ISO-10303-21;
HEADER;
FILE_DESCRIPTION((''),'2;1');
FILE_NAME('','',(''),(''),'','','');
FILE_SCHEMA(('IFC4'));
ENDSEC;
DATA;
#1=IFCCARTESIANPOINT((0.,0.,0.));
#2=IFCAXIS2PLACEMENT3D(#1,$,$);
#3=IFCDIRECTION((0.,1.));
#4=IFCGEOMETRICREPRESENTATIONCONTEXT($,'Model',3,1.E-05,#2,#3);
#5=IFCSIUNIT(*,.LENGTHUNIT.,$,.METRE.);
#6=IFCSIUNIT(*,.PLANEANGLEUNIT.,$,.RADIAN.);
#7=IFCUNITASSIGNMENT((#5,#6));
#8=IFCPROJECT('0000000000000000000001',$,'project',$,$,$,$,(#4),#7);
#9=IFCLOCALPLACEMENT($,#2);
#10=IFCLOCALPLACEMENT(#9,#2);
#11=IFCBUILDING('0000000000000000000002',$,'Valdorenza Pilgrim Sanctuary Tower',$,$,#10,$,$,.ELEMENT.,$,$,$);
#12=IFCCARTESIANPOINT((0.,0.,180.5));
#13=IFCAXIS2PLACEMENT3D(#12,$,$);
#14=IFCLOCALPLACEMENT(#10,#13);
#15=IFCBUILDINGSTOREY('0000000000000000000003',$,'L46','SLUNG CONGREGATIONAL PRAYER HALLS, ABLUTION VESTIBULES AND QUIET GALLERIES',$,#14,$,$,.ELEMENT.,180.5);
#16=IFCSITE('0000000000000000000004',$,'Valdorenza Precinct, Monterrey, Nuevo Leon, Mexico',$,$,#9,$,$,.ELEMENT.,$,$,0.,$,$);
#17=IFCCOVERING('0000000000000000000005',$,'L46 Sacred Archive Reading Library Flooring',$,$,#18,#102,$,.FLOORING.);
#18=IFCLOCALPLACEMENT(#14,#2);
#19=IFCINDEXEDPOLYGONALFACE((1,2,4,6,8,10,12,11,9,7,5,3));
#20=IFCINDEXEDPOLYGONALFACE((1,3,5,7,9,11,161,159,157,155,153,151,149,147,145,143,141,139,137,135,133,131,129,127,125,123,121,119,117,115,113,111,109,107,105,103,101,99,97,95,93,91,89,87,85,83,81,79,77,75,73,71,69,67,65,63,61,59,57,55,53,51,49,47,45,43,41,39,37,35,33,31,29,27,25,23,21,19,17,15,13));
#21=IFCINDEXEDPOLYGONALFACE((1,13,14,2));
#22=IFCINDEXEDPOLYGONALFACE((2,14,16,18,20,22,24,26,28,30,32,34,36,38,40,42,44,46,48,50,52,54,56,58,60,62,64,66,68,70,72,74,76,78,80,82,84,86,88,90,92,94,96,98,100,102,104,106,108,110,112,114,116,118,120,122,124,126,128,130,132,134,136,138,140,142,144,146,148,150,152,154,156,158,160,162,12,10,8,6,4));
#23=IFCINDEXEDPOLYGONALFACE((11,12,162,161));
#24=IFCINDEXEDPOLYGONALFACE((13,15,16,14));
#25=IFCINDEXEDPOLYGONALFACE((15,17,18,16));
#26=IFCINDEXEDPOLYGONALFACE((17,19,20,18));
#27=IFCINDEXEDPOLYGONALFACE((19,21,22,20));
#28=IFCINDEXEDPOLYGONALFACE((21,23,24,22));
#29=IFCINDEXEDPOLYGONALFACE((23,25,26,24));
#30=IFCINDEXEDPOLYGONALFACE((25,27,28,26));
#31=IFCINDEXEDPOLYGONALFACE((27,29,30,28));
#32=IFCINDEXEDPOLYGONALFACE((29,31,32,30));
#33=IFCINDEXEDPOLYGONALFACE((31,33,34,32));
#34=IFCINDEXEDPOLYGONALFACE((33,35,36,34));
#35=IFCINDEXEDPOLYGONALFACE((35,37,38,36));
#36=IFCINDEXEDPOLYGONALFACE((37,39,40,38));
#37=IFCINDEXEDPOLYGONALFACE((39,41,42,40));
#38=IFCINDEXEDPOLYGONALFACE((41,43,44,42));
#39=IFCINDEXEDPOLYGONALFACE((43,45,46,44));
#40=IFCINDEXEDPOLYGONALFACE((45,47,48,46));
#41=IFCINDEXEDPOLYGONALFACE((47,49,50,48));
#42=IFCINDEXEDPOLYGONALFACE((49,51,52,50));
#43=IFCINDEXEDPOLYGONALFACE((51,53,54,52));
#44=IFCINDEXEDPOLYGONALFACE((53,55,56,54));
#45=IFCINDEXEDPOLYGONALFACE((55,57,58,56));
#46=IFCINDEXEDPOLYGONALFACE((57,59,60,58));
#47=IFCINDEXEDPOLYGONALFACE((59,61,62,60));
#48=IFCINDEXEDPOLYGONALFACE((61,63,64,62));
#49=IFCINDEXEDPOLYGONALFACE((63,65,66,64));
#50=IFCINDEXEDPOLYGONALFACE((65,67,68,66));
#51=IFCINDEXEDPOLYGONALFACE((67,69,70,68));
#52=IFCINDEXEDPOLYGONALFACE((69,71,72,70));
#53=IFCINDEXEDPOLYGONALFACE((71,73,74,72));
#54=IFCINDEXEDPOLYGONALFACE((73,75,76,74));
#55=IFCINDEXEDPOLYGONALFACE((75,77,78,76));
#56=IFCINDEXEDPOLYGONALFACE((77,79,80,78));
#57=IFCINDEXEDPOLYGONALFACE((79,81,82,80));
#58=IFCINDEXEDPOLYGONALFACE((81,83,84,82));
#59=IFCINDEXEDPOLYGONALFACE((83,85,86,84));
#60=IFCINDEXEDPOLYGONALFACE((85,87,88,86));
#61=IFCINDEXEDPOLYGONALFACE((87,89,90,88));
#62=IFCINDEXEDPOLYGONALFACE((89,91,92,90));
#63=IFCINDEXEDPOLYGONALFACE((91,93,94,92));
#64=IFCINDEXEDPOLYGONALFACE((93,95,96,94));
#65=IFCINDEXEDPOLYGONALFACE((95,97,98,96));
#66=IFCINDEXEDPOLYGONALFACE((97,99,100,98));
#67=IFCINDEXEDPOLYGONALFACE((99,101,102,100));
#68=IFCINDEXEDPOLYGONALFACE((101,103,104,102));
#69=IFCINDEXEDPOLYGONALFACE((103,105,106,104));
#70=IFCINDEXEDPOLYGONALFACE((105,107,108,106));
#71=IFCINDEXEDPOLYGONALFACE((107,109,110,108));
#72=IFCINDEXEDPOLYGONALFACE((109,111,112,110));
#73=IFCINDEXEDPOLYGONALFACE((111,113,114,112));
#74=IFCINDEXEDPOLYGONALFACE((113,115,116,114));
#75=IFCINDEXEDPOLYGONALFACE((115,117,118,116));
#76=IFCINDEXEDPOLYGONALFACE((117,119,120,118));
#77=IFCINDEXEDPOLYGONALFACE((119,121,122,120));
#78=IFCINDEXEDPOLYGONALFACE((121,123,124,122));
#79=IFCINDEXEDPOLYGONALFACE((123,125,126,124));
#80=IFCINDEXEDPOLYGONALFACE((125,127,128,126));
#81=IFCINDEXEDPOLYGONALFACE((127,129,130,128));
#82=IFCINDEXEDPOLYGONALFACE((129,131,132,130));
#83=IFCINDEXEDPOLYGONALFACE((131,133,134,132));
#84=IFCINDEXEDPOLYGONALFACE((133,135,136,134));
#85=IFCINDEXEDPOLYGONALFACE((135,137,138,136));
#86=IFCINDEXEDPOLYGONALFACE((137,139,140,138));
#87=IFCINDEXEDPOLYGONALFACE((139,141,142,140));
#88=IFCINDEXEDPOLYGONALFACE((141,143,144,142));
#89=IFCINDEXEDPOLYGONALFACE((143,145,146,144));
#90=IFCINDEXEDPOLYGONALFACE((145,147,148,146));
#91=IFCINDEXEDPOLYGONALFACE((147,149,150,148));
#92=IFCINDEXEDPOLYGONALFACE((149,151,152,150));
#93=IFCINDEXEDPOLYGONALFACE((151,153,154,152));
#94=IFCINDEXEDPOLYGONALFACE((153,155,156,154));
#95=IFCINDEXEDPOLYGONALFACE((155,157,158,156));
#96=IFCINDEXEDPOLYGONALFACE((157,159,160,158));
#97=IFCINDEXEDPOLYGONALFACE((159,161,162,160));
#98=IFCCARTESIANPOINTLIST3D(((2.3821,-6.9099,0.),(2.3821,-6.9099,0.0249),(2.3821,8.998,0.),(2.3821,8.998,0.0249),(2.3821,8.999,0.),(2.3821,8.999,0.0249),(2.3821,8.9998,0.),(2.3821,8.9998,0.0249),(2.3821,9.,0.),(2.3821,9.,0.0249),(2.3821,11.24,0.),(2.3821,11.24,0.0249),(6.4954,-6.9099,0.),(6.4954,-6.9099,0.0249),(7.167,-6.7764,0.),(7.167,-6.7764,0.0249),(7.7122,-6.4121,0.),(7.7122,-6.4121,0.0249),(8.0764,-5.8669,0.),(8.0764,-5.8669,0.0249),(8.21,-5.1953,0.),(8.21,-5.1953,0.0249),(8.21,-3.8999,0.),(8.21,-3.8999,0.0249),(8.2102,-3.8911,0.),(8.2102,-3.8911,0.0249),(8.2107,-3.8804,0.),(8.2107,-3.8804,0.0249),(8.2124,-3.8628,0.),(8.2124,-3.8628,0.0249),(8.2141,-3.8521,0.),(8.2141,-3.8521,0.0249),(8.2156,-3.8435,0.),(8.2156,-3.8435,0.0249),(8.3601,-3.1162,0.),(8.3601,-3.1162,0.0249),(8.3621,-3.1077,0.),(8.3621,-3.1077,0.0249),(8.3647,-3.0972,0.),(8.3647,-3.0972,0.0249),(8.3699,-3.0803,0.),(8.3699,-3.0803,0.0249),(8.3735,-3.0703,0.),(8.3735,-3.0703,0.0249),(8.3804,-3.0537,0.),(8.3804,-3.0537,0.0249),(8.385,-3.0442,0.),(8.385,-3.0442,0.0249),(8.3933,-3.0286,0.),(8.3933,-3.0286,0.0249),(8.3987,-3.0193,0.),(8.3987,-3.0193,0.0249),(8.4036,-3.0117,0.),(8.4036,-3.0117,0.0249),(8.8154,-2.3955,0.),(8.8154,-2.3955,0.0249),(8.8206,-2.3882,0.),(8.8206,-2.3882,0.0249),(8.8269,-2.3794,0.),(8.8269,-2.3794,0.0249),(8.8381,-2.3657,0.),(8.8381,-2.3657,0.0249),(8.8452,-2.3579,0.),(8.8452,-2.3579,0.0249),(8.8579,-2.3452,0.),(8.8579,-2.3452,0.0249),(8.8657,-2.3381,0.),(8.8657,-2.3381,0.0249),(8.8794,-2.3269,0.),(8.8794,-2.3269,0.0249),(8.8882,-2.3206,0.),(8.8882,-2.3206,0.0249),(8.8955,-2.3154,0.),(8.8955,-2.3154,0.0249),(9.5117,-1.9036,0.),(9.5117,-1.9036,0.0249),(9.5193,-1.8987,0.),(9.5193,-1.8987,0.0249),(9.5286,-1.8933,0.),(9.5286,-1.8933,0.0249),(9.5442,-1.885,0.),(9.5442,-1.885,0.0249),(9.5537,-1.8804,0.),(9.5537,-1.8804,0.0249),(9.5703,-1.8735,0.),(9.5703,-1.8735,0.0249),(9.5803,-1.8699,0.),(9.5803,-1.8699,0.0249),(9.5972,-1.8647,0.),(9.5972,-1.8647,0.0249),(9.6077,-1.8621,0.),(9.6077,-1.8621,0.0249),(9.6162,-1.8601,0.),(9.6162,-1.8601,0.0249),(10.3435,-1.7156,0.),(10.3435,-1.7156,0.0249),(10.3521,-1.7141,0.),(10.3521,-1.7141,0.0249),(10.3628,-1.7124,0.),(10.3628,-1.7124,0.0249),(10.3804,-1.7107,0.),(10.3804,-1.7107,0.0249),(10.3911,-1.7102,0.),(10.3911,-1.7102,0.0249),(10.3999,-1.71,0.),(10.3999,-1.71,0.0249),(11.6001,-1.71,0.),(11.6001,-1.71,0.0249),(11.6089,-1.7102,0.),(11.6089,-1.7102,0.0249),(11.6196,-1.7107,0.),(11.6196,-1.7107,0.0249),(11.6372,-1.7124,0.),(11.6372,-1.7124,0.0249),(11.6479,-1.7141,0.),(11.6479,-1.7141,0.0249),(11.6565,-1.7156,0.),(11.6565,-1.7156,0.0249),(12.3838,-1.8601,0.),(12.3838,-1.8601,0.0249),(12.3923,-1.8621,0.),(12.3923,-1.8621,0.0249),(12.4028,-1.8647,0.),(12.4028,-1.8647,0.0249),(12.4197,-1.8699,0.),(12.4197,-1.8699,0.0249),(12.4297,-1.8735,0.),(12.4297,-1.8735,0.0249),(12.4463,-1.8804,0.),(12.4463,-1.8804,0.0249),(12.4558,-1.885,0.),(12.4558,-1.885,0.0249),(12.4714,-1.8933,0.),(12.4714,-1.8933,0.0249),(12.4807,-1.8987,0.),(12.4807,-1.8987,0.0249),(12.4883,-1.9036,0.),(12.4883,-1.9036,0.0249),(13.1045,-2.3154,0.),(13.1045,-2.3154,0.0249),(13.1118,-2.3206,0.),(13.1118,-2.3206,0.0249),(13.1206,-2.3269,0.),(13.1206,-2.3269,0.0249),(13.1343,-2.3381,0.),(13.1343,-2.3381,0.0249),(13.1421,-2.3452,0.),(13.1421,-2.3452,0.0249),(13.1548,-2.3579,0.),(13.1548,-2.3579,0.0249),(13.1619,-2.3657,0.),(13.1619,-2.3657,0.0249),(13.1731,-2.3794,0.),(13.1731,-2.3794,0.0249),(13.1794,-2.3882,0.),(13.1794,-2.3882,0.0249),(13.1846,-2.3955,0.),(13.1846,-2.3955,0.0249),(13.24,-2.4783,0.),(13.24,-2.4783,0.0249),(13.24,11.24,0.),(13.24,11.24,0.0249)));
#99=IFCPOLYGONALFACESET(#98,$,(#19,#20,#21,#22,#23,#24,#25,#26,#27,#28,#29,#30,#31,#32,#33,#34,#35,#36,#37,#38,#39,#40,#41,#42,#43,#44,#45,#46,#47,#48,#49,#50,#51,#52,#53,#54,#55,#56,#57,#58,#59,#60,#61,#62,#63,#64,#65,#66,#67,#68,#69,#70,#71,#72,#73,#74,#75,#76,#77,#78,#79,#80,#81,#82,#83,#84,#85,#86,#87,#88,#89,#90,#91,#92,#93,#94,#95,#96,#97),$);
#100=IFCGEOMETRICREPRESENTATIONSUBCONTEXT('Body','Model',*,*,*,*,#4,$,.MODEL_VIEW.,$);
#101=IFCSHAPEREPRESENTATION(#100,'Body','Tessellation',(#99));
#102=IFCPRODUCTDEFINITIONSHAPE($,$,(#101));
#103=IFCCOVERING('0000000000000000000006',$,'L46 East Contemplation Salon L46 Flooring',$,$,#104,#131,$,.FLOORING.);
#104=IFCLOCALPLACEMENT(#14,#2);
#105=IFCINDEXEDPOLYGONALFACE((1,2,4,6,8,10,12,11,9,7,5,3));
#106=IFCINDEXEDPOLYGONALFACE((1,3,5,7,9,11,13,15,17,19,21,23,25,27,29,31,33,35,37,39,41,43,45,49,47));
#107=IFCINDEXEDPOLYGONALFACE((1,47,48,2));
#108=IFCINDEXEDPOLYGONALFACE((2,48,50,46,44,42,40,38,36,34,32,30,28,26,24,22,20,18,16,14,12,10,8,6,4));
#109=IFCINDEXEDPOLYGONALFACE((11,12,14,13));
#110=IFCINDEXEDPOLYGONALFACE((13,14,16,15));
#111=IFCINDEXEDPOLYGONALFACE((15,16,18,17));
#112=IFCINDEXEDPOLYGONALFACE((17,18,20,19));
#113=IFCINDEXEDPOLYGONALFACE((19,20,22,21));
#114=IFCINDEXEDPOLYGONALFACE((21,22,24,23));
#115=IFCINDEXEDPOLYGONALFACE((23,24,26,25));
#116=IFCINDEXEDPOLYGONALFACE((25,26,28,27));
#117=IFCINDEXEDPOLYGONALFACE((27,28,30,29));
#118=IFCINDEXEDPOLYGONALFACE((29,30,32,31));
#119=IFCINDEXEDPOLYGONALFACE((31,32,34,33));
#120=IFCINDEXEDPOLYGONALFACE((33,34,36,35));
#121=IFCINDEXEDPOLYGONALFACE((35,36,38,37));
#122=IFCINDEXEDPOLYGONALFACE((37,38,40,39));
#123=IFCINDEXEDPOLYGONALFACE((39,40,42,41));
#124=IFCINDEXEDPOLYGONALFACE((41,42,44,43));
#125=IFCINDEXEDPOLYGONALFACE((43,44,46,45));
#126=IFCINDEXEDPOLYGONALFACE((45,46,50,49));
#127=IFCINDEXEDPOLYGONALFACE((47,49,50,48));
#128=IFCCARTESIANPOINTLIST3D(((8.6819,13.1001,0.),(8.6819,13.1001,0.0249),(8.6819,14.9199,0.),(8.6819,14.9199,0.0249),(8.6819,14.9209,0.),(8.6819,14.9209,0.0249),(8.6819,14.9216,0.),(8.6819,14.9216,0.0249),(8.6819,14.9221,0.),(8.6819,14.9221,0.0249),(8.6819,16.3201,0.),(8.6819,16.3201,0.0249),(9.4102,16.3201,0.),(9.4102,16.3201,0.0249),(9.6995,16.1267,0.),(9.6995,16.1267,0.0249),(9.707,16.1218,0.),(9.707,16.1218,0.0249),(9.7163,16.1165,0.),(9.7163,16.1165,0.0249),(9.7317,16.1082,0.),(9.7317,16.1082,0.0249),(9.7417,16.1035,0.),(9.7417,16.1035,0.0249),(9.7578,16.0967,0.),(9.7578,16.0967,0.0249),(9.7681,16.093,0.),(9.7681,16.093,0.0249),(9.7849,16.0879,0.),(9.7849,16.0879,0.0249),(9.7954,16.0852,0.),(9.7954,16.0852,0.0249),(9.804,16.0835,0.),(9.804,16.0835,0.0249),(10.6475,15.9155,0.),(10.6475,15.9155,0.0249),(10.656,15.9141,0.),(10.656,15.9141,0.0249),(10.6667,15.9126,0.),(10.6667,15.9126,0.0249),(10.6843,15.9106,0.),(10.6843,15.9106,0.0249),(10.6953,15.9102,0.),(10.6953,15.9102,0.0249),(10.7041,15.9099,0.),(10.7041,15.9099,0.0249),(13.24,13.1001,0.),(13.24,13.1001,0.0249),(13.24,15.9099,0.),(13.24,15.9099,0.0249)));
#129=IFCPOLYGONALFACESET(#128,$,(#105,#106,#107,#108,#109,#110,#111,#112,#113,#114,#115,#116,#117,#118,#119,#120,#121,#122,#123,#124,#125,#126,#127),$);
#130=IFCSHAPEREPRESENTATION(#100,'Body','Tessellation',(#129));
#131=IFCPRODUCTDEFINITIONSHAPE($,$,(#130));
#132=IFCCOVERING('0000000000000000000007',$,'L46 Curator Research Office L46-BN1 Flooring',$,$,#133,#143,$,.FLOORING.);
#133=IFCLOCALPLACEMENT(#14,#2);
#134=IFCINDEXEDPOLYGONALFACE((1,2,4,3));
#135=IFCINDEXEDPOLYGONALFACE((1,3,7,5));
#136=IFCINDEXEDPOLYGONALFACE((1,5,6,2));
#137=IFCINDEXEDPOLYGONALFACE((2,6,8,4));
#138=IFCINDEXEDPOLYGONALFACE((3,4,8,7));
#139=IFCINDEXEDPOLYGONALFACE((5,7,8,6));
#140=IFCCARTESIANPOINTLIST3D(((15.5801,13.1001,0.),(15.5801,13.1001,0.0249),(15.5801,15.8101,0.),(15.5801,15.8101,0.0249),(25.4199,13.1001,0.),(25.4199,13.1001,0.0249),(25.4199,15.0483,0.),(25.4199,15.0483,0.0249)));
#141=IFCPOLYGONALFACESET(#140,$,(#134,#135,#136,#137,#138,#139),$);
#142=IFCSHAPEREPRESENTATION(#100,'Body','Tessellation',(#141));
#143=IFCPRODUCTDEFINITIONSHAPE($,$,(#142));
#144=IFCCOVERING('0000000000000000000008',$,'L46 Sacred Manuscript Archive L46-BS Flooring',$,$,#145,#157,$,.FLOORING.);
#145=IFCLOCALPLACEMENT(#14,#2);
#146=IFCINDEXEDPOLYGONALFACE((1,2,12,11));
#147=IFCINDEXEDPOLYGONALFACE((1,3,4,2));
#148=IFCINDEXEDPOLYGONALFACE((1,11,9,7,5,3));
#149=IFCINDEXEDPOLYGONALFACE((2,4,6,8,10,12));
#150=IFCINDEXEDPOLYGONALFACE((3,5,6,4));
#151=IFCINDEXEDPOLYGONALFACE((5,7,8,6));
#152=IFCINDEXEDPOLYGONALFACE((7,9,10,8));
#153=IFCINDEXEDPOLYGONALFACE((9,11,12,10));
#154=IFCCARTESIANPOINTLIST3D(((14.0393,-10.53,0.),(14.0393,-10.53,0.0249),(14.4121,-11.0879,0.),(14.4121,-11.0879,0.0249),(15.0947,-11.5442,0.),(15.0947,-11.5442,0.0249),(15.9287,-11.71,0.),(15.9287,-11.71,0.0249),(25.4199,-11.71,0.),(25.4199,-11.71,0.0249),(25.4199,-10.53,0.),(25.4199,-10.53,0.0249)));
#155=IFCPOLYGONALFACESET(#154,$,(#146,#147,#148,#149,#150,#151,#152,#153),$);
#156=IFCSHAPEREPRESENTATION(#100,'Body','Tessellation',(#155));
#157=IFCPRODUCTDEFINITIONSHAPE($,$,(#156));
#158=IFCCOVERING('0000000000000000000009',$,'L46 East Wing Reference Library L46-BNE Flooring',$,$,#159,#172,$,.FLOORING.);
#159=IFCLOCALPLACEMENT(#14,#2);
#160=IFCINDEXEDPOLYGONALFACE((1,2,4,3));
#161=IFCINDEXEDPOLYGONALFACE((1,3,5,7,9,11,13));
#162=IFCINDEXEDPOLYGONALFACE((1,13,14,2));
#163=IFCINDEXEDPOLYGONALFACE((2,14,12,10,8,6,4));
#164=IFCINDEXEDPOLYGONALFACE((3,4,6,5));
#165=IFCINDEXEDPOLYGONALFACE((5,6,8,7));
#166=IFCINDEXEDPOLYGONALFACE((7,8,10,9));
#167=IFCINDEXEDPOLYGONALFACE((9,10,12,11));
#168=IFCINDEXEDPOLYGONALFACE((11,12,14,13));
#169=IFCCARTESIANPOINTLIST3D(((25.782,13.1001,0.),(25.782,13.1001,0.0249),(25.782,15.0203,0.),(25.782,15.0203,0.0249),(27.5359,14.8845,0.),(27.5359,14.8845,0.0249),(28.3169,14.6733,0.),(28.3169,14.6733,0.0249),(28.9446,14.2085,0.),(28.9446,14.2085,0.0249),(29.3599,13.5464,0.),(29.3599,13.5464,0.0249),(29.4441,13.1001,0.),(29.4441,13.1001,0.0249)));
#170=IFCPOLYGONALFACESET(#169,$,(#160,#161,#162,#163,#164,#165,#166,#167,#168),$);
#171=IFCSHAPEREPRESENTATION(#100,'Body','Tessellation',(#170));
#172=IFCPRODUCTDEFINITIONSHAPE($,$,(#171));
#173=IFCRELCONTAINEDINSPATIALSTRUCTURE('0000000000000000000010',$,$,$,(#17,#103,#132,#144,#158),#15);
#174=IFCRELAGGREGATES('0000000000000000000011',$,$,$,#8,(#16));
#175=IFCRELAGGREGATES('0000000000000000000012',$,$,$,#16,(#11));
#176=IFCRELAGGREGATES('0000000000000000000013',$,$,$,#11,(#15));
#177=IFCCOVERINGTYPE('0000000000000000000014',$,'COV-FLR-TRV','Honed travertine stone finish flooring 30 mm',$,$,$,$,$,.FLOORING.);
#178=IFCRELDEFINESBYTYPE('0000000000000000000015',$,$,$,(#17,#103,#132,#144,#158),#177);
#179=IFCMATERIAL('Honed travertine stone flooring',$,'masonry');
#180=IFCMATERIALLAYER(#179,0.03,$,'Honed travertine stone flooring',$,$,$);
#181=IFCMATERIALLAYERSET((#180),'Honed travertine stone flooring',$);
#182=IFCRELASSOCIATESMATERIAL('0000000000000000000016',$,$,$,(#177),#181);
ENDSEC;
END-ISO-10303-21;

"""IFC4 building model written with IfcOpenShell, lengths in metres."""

from ifc_helpers import new_model, si_unit, direction, frame, origin, place, context, subcontext, project, spatial, polyline, outline, extrude, material, layer, layer_set, type_object, element, save


model = new_model("IFC4")

# Units and contexts
model_context = context("Model", 3, precision=1e-05, world=origin(), true_north=direction((0.0, 1.0)))
body_context = subcontext(model_context, "Body", "Model", "MODEL_VIEW")
ifc_project = project(units=[si_unit("LENGTHUNIT", "METRE"), si_unit("PLANEANGLEUNIT", "RADIAN")], contexts=[model_context])

# Site, building, storey
site_placement = place(None, origin())
site = spatial("IfcSite", under=ifc_project, at=site_placement, Name="Valdorenza Precinct, Monterrey, Nuevo Leon, Mexico", CompositionType="ELEMENT", RefElevation=0.0)
building_placement = place(site_placement, origin())
building = spatial("IfcBuilding", under=site, at=building_placement, Name="Valdorenza Pilgrim Sanctuary Tower", CompositionType="ELEMENT")
storey_placement = place(building_placement, frame((0.0, 0.0, 180.5)))
storey = spatial("IfcBuildingStorey", under=building, at=storey_placement, Name="L46", Description="SLUNG CONGREGATIONAL PRAYER HALLS, ABLUTION VESTIBULES AND QUIET GALLERIES", CompositionType="ELEMENT", Elevation=180.5)

# Coverings
ifc_material_1 = material(Name="Honed travertine stone flooring", Category="masonry")
ifc_layer_1 = layer(ifc_material_1, 0.03, Name="Honed travertine stone flooring")
ifc_layer_set_1 = layer_set([ifc_layer_1], Name="Honed travertine stone flooring")
covering_type_1 = type_object("IfcCoveringType", Name="COV-FLR-TRV", Description="Honed travertine stone finish flooring 30 mm", PredefinedType="FLOORING", material=ifc_layer_set_1)
covering_1_placement = place(storey_placement, origin())
element("IfcCovering", 1, at=covering_1_placement, inside=storey, type_object=covering_type_1, Name="L46 Sacred Archive Reading Library Flooring", PredefinedType="FLOORING", context=body_context, shape_type="SweptSolid", body=[
    extrude(outline(polyline([(2.3821, 8.9998), (2.3821, 9.0), (2.3821, 11.24), (13.24, 11.24), (13.24, -2.4783), (13.1846, -2.3955), (13.1794, -2.3882), (13.1731, -2.3794), (13.1619, -2.3657), (13.1548, -2.3579), (13.1421, -2.3452), (13.1343, -2.3381), (13.1206, -2.3269), (13.1118, -2.3206), (13.1045, -2.3154), (12.4883, -1.9036), (12.4807, -1.8987), (12.4714, -1.8933), (12.4558, -1.885), (12.4463, -1.8804), (12.4297, -1.8735), (12.4197, -1.8699), (12.4028, -1.8647), (12.3923, -1.8621), (12.3838, -1.8601), (11.6565, -1.7156), (11.6479, -1.7141), (11.6372, -1.7124), (11.6196, -1.7107), (11.6089, -1.7102), (11.6001, -1.71), (10.3999, -1.71), (10.3911, -1.7102), (10.3804, -1.7107), (10.3628, -1.7124), (10.3521, -1.7141), (10.3435, -1.7156), (9.6162, -1.8601), (9.6077, -1.8621), (9.5972, -1.8647), (9.5803, -1.8699), (9.5703, -1.8735), (9.5537, -1.8804), (9.5442, -1.885), (9.5286, -1.8933), (9.5193, -1.8987), (9.5117, -1.9036), (8.8955, -2.3154), (8.8882, -2.3206), (8.8794, -2.3269), (8.8657, -2.3381), (8.8579, -2.3452), (8.8452, -2.3579), (8.8381, -2.3657), (8.8269, -2.3794), (8.8206, -2.3882), (8.8154, -2.3955), (8.4036, -3.0117), (8.3987, -3.0193), (8.3933, -3.0286), (8.385, -3.0442), (8.3804, -3.0537), (8.3735, -3.0703), (8.3699, -3.0803), (8.3647, -3.0972), (8.3621, -3.1077), (8.3601, -3.1162), (8.2156, -3.8435), (8.2141, -3.8521), (8.2124, -3.8628), (8.2107, -3.8804), (8.2102, -3.8911), (8.21, -3.8999), (8.21, -5.1953), (8.0764, -5.8669), (7.7122, -6.4121), (7.167, -6.7764), (6.4954, -6.9099), (2.3821, -6.9099), (2.3821, 8.998), (2.3821, 8.999), (2.3821, 8.9998)])), origin(), (0.0, 0.0, 1.0), 0.0249),
])
covering_2_placement = place(storey_placement, origin())
element("IfcCovering", 2, at=covering_2_placement, inside=storey, type_object=covering_type_1, Name="L46 East Contemplation Salon L46 Flooring", PredefinedType="FLOORING", context=body_context, shape_type="SweptSolid", body=[
    extrude(outline(polyline([(8.6819, 14.9216), (8.6819, 14.9221), (8.6819, 16.3201), (9.4102, 16.3201), (9.6995, 16.1267), (9.707, 16.1218), (9.7163, 16.1165), (9.7317, 16.1082), (9.7417, 16.1035), (9.7578, 16.0967), (9.7681, 16.093), (9.7849, 16.0879), (9.7954, 16.0852), (9.804, 16.0835), (10.6475, 15.9155), (10.656, 15.9141), (10.6667, 15.9126), (10.6843, 15.9106), (10.6953, 15.9102), (10.7041, 15.9099), (13.24, 15.9099), (13.24, 13.1001), (8.6819, 13.1001), (8.6819, 14.9199), (8.6819, 14.9209), (8.6819, 14.9216)])), origin(), (0.0, 0.0, 1.0), 0.0249),
])
covering_3_placement = place(storey_placement, origin())
element("IfcCovering", 3, at=covering_3_placement, inside=storey, type_object=covering_type_1, Name="L46 Curator Research Office L46-BN1 Flooring", PredefinedType="FLOORING", context=body_context, shape_type="SweptSolid", body=[
    extrude(outline(polyline([(15.5801, 13.1001), (15.5801, 15.8101), (25.4199, 15.0483), (25.4199, 13.1001), (15.5801, 13.1001)])), origin(), (0.0, 0.0, 1.0), 0.0249),
])
covering_4_placement = place(storey_placement, origin())
element("IfcCovering", 4, at=covering_4_placement, inside=storey, type_object=covering_type_1, Name="L46 Sacred Manuscript Archive L46-BS Flooring", PredefinedType="FLOORING", context=body_context, shape_type="SweptSolid", body=[
    extrude(outline(polyline([(14.0393, -10.53), (25.4199, -10.53), (25.4199, -11.71), (15.9287, -11.71), (15.0947, -11.5442), (14.4121, -11.0879), (14.0393, -10.53)])), origin(), (0.0, 0.0, 1.0), 0.0249),
])
covering_5_placement = place(storey_placement, origin())
element("IfcCovering", 5, at=covering_5_placement, inside=storey, type_object=covering_type_1, Name="L46 East Wing Reference Library L46-BNE Flooring", PredefinedType="FLOORING", context=body_context, shape_type="SweptSolid", body=[
    extrude(outline(polyline([(27.5359, 14.8845), (28.3169, 14.6733), (28.9446, 14.2085), (29.3599, 13.5464), (29.4441, 13.1001), (25.782, 13.1001), (25.782, 15.0203), (27.5359, 14.8845)])), origin(), (0.0, 0.0, 1.0), 0.0249),
])

save(model, "model.ifc")
